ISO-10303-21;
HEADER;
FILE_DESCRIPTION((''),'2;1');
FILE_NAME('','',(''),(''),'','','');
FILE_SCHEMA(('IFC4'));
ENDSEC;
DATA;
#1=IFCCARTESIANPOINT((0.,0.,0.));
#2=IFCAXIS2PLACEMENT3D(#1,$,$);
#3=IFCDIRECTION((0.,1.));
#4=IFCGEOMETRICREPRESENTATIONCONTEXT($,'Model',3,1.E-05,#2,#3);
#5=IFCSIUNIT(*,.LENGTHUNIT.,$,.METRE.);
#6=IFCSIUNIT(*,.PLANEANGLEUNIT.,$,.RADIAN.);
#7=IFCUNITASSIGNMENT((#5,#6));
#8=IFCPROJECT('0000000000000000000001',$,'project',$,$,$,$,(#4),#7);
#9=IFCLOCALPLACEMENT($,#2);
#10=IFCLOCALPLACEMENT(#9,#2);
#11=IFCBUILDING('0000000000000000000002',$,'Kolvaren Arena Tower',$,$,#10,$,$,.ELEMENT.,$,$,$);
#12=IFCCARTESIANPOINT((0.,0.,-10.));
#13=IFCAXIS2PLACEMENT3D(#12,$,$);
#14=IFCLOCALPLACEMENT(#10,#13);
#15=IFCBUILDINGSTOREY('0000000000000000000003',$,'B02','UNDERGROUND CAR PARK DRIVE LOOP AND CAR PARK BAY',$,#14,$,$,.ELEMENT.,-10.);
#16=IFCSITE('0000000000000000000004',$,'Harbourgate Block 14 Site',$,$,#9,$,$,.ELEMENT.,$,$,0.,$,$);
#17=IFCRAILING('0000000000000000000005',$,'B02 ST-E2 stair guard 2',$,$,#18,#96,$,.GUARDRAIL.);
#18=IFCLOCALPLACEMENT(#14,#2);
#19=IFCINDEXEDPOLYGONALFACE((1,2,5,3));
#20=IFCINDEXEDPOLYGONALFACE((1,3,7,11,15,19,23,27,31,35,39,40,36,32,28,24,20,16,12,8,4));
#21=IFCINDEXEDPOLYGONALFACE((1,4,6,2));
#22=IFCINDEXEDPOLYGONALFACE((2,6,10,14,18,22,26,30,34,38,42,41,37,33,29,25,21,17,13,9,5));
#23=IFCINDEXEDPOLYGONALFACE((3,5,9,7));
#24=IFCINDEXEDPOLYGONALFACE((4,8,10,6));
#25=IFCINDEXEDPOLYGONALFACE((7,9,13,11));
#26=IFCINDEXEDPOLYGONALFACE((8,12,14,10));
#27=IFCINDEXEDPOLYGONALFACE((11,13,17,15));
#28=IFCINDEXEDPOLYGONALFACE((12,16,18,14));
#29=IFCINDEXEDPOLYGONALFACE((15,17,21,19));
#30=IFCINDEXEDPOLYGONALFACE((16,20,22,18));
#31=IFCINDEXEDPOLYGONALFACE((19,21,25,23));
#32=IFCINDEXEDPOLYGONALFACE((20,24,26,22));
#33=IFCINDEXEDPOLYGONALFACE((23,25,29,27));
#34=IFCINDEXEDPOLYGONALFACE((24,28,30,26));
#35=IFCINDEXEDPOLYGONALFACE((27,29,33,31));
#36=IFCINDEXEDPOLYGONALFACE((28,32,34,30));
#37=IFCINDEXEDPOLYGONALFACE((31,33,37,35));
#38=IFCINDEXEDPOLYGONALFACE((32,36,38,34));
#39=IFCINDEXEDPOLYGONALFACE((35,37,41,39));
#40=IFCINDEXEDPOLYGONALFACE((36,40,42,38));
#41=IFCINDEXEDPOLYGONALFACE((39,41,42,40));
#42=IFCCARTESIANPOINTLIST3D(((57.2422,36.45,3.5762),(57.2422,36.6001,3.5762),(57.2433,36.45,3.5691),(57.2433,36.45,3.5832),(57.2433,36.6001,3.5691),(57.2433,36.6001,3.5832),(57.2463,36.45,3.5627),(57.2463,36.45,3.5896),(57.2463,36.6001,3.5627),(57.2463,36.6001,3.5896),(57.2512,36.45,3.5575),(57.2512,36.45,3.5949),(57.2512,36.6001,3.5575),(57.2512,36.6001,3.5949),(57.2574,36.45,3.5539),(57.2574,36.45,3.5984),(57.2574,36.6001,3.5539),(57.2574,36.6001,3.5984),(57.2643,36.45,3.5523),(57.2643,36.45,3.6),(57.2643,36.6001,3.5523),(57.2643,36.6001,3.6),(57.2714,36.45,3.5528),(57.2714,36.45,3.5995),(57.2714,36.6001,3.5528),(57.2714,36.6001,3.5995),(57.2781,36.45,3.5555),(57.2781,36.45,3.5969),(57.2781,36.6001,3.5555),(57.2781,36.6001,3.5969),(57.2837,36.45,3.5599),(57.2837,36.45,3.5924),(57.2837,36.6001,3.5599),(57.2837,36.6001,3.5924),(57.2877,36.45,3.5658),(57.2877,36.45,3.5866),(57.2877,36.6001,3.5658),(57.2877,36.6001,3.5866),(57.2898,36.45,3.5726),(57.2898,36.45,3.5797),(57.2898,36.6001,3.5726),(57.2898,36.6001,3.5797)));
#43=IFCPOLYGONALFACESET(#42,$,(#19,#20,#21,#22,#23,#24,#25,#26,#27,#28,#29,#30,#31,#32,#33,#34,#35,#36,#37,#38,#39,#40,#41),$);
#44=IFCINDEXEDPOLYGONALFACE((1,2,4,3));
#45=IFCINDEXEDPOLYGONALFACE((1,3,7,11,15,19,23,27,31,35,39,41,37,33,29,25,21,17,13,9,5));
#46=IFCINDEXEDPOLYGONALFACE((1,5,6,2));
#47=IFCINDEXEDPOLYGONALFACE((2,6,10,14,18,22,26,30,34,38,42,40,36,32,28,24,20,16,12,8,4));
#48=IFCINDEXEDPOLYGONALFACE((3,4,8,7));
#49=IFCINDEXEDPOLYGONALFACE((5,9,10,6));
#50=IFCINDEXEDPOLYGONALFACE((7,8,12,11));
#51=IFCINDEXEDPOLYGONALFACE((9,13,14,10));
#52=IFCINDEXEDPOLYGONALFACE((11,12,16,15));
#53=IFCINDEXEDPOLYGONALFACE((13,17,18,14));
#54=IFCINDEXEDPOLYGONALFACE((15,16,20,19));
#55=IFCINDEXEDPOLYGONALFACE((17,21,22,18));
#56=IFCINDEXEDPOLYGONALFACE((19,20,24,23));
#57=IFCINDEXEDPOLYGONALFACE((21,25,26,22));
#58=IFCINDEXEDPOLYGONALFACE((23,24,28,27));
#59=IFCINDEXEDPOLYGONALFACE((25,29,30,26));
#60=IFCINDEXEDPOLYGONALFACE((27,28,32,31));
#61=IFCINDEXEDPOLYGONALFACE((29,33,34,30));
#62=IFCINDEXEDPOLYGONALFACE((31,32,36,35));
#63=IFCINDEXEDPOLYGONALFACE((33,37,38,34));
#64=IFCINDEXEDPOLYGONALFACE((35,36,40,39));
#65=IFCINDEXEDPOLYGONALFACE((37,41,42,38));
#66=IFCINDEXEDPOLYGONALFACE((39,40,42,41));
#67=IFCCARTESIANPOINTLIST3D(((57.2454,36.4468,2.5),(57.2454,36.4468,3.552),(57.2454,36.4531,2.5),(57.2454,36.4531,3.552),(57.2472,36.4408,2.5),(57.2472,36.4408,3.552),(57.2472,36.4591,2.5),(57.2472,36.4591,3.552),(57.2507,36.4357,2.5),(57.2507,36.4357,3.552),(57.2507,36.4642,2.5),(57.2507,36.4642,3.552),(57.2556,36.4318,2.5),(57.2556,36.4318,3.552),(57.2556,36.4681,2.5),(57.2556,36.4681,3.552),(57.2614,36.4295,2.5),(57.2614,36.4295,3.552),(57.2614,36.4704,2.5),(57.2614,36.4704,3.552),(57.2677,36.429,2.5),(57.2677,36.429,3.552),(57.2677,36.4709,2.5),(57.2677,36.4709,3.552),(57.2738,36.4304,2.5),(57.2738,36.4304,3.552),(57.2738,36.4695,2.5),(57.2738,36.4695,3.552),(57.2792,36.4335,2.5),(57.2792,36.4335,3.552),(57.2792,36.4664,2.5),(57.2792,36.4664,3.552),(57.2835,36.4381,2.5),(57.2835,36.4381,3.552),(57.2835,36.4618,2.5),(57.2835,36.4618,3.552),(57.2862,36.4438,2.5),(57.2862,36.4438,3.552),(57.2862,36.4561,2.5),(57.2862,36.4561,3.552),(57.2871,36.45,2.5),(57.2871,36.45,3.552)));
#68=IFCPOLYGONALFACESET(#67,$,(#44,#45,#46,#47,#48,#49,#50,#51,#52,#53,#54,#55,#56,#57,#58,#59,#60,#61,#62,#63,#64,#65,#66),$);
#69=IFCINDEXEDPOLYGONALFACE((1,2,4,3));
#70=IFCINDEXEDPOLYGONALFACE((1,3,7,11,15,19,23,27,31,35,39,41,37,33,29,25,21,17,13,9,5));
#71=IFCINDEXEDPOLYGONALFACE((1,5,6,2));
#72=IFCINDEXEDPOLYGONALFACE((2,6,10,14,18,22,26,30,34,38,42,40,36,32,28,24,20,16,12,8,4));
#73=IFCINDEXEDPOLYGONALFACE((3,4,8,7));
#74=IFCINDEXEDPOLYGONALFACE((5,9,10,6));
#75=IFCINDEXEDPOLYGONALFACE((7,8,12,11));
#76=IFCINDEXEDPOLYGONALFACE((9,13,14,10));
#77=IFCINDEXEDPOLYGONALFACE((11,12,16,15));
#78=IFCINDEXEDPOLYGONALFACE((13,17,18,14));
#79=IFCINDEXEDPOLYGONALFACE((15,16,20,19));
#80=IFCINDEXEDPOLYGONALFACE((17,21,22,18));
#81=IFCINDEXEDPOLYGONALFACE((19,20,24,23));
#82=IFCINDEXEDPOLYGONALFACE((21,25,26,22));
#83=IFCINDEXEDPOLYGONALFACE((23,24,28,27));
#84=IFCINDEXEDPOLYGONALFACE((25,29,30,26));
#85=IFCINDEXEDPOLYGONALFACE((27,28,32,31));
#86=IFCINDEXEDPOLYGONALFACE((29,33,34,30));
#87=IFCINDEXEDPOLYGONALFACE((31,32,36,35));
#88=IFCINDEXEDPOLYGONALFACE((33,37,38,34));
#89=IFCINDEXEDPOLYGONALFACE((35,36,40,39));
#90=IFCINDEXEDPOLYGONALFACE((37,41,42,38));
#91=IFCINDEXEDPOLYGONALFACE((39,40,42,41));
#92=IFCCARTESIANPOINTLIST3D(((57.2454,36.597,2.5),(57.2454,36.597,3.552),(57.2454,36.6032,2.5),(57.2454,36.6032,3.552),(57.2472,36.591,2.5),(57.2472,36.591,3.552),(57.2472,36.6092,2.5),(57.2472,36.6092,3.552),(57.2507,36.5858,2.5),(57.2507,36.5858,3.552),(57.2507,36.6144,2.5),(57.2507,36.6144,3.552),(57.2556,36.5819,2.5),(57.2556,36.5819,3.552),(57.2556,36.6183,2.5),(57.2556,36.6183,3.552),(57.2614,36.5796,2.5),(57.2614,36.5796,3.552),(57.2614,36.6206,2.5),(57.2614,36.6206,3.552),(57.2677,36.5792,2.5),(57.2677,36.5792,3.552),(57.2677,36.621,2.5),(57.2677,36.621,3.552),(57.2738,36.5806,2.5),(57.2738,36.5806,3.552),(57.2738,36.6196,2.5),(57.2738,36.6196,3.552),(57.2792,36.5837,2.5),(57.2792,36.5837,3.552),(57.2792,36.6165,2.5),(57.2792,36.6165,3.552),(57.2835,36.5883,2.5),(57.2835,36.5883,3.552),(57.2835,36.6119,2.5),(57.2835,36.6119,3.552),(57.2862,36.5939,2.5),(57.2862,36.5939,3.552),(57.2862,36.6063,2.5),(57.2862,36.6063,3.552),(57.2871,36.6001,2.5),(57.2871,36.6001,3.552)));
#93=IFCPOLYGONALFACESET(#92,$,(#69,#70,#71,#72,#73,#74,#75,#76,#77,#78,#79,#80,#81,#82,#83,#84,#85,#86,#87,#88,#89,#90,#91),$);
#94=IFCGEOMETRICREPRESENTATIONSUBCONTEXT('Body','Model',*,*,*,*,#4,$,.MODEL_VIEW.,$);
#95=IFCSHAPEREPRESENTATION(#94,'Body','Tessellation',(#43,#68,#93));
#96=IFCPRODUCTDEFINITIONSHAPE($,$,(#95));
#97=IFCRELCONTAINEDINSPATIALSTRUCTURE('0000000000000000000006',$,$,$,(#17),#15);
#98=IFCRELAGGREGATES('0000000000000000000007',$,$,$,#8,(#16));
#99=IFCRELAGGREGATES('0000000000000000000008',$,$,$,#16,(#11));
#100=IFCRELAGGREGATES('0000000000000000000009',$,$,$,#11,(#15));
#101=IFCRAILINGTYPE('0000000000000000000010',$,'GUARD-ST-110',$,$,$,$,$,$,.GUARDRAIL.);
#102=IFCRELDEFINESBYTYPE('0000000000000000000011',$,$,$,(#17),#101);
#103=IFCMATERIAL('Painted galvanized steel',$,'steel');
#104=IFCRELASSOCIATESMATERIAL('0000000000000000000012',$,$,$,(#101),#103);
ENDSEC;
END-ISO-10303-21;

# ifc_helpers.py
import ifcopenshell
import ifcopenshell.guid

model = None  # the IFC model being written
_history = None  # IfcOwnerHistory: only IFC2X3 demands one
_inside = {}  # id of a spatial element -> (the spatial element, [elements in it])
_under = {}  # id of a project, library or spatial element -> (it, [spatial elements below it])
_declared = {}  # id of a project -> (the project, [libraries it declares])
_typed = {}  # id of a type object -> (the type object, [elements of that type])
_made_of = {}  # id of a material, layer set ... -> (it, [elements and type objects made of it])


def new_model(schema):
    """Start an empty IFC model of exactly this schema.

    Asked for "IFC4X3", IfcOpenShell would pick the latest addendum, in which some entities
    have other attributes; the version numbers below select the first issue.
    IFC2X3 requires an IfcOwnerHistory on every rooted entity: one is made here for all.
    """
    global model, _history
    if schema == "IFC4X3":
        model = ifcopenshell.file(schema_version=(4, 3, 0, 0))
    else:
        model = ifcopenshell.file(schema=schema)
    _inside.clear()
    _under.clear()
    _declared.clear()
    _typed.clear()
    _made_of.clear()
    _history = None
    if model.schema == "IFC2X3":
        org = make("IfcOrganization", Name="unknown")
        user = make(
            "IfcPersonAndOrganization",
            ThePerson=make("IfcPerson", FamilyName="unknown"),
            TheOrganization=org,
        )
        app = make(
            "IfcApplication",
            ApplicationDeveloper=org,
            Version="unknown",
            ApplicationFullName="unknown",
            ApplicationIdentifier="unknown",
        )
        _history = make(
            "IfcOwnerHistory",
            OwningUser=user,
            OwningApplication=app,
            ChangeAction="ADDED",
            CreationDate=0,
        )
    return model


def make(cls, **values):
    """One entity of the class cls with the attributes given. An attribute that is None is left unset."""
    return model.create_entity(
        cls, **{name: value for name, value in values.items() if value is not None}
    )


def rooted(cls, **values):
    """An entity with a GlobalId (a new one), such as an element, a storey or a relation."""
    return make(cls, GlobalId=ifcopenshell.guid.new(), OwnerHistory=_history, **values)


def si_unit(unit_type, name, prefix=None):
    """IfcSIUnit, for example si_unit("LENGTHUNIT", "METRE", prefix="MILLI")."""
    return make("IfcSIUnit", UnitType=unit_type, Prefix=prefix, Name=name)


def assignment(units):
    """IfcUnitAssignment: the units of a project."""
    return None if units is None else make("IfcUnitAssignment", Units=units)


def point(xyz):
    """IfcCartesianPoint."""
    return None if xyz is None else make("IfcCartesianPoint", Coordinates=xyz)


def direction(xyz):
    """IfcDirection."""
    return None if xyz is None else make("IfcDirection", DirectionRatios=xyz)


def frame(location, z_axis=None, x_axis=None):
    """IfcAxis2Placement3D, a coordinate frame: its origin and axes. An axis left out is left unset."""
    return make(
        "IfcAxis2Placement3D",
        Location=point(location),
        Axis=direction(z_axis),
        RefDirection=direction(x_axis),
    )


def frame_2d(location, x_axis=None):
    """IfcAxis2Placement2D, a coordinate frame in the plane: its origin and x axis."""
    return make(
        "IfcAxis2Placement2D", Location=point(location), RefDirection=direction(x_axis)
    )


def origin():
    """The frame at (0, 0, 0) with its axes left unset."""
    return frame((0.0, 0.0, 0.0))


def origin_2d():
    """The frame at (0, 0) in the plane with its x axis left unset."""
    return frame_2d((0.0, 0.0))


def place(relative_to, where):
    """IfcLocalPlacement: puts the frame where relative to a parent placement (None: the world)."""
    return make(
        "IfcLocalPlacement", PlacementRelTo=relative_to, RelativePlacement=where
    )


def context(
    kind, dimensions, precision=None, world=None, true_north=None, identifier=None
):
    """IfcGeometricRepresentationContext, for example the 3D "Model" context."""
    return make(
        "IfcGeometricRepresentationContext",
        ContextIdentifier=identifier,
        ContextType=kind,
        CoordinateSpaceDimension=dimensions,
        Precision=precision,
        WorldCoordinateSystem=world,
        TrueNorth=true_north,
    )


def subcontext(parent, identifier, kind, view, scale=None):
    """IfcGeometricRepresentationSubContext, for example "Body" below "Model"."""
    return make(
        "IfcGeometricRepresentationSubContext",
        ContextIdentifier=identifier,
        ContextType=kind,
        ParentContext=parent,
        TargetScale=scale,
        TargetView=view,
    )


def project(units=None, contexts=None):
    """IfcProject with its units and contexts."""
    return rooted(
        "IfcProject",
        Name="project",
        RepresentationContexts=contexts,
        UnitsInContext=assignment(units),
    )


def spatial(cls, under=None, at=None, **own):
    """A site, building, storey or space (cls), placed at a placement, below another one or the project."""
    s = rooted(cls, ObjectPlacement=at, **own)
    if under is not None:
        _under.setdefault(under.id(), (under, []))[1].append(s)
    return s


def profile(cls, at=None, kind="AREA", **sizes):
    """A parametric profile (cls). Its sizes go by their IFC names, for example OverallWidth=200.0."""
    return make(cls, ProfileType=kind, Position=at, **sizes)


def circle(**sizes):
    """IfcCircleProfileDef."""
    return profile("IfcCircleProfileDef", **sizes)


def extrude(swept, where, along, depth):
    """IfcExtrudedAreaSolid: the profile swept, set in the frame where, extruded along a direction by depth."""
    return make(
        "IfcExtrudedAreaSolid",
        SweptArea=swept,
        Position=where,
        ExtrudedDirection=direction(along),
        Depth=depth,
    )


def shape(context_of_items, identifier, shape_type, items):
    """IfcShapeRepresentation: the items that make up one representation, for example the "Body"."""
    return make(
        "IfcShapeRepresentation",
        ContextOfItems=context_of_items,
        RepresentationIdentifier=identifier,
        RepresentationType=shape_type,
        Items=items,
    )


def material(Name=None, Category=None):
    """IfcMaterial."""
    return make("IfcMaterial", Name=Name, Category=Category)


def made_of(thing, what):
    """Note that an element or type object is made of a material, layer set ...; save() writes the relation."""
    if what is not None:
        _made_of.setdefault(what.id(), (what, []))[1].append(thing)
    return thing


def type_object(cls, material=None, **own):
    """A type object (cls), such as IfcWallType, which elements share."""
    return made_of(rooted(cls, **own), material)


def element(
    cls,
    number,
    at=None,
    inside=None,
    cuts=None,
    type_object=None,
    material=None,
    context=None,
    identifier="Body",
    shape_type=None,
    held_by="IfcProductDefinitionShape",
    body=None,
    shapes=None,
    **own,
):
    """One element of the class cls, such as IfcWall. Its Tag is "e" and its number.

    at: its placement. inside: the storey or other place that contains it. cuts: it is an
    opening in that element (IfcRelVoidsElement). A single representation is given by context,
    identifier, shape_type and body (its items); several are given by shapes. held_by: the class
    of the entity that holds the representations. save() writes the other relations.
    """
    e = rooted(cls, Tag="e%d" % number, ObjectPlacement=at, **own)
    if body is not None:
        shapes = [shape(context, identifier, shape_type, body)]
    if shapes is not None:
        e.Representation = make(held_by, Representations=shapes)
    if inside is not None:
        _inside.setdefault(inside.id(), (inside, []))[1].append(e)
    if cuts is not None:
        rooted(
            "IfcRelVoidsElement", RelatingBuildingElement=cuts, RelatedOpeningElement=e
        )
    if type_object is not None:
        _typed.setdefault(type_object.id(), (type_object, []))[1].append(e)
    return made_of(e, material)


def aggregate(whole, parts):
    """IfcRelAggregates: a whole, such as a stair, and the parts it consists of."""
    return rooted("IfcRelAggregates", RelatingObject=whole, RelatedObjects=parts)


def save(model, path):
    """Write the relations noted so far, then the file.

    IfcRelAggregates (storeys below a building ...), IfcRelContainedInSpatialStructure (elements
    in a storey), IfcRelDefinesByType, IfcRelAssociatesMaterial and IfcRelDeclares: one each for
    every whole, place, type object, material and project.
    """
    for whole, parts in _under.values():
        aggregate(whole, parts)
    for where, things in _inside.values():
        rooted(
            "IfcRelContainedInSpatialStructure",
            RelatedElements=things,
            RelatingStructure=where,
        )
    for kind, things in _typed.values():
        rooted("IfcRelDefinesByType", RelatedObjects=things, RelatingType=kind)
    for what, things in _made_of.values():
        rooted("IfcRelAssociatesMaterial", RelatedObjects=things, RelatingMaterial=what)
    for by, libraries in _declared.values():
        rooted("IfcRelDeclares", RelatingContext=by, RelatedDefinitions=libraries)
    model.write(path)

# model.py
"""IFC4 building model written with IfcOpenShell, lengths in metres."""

from ifc_helpers import new_model, si_unit, direction, frame, origin, origin_2d, place, context, subcontext, project, spatial, circle, extrude, material, type_object, element, save


model = new_model("IFC4")

# Units and contexts
model_context = context("Model", 3, precision=1e-05, world=origin(), true_north=direction((0.0, 1.0)))
body_context = subcontext(model_context, "Body", "Model", "MODEL_VIEW")
ifc_project = project(units=[si_unit("LENGTHUNIT", "METRE"), si_unit("PLANEANGLEUNIT", "RADIAN")], contexts=[model_context])

# Site, building, storey
site_placement = place(None, origin())
site = spatial("IfcSite", under=ifc_project, at=site_placement, Name="Harbourgate Block 14 Site", CompositionType="ELEMENT", RefElevation=0.0)
building_placement = place(site_placement, origin())
building = spatial("IfcBuilding", under=site, at=building_placement, Name="Kolvaren Arena Tower", CompositionType="ELEMENT")
storey_placement = place(building_placement, frame((0.0, 0.0, -10.0)))
storey = spatial("IfcBuildingStorey", under=building, at=storey_placement, Name="B02", Description="UNDERGROUND CAR PARK DRIVE LOOP AND CAR PARK BAY", CompositionType="ELEMENT", Elevation=-10.0)

# Railing
ifc_material_1 = material(Name="Painted galvanized steel", Category="steel")
railing_type_1 = type_object("IfcRailingType", Name="GUARD-ST-110", PredefinedType="GUARDRAIL", material=ifc_material_1)
railing_1_placement = place(storey_placement, frame((57.2661, 36.45, 2.5)))
element("IfcRailing", 1, at=railing_1_placement, inside=storey, type_object=railing_type_1, Name="B02 ST-E2 stair guard 2", PredefinedType="GUARDRAIL", context=body_context, shape_type="SweptSolid", body=[
    extrude(circle(Radius=0.0239, at=origin_2d()), frame((0.0, 0.0, 1.0762), z_axis=(0.0, 1.0, 0.0), x_axis=(-1.0, 0.0, 0.0)), (0.0, 0.0, 1.0), 0.1501),
    extrude(circle(Radius=0.021, at=origin_2d()), origin(), (0.0, 0.0, 1.0), 1.052),
    extrude(circle(Radius=0.021, at=origin_2d()), frame((0.0, 0.1501, 0.0)), (0.0, 0.0, 1.0), 1.052),
])

save(model, "model.ifc")
